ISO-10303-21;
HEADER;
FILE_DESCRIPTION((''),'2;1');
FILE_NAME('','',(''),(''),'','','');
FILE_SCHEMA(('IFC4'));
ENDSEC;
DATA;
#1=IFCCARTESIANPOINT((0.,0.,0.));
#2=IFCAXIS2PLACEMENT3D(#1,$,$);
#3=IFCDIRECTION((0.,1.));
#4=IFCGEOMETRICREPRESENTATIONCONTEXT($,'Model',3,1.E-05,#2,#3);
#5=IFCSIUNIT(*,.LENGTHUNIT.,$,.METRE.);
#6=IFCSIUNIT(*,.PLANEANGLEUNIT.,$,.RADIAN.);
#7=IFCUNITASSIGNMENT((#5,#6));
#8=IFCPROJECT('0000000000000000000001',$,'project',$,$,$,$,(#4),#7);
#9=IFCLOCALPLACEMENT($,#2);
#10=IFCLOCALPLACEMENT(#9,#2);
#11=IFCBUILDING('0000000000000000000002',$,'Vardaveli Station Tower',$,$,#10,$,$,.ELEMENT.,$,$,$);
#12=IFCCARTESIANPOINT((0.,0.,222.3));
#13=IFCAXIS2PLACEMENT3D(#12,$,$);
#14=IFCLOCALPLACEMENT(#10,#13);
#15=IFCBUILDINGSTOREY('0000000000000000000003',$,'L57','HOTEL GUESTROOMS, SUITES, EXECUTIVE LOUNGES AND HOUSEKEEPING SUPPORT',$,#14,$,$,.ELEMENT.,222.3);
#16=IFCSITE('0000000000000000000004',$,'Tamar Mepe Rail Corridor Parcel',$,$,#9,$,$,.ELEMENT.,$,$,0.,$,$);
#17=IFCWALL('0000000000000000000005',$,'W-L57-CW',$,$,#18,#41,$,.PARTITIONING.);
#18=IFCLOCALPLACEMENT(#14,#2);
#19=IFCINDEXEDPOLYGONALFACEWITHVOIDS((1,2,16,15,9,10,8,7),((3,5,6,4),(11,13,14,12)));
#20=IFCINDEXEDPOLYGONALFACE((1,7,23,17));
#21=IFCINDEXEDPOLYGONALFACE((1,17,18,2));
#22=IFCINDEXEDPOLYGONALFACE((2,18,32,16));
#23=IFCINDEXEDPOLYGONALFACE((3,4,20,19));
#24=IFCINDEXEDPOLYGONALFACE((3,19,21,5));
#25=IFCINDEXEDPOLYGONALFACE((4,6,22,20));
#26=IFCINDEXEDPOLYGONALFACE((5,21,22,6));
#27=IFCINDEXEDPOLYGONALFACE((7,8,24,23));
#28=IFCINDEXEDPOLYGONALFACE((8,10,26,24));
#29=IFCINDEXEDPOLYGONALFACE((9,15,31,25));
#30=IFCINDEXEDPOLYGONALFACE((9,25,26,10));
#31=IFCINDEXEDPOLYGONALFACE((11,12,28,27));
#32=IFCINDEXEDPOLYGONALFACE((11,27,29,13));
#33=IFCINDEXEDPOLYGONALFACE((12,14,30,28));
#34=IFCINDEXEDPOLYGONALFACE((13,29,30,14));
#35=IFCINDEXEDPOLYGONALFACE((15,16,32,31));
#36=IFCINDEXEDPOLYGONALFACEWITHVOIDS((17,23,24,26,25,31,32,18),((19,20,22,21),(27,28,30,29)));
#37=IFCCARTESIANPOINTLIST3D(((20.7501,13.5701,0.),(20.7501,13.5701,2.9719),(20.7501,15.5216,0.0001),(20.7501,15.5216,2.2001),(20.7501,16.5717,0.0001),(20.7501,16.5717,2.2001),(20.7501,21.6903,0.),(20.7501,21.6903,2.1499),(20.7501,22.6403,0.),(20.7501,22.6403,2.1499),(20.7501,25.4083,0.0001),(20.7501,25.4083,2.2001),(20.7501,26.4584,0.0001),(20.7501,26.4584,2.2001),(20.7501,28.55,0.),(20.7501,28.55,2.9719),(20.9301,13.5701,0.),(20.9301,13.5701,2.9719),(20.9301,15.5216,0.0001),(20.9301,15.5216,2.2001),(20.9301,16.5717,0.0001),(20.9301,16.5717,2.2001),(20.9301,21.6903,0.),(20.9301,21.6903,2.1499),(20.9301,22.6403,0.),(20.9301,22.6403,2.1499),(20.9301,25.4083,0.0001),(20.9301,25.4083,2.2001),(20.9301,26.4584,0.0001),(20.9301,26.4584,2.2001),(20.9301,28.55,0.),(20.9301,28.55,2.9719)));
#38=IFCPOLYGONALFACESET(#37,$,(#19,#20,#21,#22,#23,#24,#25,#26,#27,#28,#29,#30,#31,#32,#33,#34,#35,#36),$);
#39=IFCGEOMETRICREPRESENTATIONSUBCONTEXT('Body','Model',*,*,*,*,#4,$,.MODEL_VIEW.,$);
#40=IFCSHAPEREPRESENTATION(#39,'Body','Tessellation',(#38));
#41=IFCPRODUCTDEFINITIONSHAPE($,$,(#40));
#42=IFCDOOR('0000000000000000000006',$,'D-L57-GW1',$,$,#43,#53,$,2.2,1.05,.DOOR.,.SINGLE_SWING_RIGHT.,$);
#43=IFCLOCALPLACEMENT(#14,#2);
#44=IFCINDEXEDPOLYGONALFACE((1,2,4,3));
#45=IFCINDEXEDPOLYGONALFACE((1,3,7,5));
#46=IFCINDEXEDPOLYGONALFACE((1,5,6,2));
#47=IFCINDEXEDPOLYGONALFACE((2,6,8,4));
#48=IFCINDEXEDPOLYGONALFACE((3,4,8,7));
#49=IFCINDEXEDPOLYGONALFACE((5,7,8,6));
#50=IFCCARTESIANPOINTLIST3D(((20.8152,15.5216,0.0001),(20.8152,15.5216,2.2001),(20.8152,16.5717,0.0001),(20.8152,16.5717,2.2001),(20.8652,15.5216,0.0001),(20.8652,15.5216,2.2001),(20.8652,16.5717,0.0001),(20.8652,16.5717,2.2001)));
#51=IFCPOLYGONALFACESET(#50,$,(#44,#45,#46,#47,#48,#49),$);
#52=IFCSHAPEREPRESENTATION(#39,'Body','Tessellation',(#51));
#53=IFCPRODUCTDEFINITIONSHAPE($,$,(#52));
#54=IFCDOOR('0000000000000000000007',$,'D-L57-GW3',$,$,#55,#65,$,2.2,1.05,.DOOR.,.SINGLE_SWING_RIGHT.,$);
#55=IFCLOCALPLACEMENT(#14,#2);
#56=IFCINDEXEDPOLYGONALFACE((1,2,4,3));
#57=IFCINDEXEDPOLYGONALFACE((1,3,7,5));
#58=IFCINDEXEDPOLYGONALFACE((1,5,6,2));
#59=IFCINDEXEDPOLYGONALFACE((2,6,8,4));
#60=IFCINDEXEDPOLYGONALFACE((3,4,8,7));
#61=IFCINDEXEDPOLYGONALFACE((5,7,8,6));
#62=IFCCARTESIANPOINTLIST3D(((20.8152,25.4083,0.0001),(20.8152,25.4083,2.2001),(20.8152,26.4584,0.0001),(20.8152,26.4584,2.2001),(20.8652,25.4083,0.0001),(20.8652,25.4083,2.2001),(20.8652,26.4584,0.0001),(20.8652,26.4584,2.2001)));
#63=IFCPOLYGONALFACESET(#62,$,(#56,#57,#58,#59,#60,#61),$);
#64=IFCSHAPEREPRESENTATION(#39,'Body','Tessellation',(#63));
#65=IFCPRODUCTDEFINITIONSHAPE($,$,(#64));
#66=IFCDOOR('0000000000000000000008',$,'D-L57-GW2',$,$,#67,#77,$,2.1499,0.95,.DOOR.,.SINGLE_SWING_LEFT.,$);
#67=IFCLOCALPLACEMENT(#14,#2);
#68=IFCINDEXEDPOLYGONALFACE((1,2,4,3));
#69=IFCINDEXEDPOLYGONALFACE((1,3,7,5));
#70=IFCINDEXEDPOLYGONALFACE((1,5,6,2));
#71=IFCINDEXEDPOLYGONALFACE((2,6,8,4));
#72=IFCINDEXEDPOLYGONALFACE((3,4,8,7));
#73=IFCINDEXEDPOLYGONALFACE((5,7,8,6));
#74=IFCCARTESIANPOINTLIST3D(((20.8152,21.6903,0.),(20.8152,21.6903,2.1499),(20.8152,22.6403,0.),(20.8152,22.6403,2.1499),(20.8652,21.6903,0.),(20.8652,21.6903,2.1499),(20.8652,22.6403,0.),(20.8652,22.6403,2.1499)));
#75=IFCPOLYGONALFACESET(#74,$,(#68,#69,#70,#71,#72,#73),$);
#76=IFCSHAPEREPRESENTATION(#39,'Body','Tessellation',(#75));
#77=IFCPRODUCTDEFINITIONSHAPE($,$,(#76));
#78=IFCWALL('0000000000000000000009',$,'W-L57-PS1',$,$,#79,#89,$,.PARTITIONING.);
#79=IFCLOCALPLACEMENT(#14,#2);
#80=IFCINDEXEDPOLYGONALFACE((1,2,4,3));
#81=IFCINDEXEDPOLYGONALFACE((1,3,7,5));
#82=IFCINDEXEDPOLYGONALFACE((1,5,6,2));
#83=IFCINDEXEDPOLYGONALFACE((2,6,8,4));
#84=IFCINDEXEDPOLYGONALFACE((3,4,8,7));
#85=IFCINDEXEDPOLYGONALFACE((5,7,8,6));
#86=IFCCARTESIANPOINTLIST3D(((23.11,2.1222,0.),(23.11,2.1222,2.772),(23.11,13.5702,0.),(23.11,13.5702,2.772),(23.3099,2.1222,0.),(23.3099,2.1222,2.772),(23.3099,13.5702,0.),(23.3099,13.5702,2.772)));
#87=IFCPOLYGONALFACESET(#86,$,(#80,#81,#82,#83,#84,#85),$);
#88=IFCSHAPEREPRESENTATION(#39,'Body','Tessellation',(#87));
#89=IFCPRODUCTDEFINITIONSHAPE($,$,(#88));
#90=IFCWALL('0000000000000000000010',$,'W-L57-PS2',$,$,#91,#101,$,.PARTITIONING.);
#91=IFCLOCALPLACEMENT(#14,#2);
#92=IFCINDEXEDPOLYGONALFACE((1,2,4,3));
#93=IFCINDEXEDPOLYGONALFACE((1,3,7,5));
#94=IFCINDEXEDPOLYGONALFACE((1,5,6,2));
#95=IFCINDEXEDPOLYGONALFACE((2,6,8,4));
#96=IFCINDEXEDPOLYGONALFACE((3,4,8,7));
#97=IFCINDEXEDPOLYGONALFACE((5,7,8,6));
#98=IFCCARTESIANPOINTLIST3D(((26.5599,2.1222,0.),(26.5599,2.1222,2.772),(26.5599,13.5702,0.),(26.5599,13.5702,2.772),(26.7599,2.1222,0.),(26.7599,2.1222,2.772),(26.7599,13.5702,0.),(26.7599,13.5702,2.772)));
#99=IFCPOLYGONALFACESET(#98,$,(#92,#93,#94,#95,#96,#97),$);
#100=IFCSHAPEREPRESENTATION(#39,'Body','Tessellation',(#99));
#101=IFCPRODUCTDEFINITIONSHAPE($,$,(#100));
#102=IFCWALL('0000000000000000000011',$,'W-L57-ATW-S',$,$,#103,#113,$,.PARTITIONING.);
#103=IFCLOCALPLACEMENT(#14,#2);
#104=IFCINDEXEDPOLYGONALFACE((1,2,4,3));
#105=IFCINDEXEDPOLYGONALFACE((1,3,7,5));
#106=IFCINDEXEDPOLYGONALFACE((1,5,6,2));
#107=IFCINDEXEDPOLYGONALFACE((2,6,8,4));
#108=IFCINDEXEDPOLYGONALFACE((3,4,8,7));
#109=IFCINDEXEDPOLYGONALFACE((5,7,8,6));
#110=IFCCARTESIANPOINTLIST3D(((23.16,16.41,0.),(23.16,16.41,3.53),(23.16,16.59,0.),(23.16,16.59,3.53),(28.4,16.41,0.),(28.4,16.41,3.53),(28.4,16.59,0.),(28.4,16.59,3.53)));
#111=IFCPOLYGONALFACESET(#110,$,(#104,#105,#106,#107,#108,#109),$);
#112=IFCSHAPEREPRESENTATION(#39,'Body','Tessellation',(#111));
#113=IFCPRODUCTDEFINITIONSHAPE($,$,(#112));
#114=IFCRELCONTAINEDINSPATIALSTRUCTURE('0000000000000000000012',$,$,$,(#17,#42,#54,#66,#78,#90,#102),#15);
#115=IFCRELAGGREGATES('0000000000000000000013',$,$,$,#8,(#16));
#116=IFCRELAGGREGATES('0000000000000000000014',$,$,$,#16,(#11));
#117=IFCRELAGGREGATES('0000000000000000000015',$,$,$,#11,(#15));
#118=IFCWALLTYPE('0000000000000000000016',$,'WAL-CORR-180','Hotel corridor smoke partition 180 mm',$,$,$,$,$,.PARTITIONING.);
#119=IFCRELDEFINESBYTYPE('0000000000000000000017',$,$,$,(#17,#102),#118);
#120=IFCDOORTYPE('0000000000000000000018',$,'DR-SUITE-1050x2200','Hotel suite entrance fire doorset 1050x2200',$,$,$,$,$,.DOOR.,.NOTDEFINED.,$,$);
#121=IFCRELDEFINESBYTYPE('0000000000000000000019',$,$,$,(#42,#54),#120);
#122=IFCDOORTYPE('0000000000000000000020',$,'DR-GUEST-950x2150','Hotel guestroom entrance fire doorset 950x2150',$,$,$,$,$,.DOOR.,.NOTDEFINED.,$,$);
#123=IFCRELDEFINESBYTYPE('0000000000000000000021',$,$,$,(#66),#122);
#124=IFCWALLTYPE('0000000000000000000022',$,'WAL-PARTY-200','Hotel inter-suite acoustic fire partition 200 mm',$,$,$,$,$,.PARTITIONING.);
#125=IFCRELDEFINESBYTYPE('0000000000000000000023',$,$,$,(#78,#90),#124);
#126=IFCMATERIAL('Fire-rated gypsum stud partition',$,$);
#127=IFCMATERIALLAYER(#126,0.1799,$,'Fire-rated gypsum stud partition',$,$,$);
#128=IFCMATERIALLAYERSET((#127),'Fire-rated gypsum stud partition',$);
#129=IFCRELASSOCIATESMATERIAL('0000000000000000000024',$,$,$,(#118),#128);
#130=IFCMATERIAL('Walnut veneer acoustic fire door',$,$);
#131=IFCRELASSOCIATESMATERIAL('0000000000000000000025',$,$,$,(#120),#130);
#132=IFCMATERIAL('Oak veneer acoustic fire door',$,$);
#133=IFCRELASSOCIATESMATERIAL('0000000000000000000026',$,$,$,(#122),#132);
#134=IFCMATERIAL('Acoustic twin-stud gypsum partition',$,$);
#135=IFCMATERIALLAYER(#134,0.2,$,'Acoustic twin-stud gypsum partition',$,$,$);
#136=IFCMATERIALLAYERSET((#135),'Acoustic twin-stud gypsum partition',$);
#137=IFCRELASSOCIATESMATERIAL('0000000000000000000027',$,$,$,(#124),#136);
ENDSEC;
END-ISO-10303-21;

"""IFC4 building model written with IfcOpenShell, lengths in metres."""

from ifc_helpers import new_model, si_unit, direction, frame, frame_2d, origin, place, context, subcontext, project, spatial, rectangle, extrude, source, transform, mapped, material, layer, layer_set, type_object, element, fill, save


model = new_model("IFC4")

# Units and contexts
model_context = context("Model", 3, precision=1e-05, world=origin(), true_north=direction((0.0, 1.0)))
body_context = subcontext(model_context, "Body", "Model", "MODEL_VIEW")
ifc_project = project(units=[si_unit("LENGTHUNIT", "METRE"), si_unit("PLANEANGLEUNIT", "RADIAN")], contexts=[model_context])

# Site, building, storey
site_placement = place(None, origin())
site = spatial("IfcSite", under=ifc_project, at=site_placement, Name="Tamar Mepe Rail Corridor Parcel", CompositionType="ELEMENT", RefElevation=0.0)
building_placement = place(site_placement, origin())
building = spatial("IfcBuilding", under=site, at=building_placement, Name="Vardaveli Station Tower", CompositionType="ELEMENT")
storey_placement = place(building_placement, frame((0.0, 0.0, 222.3)))
storey = spatial("IfcBuildingStorey", under=building, at=storey_placement, Name="L57", Description="HOTEL GUESTROOMS, SUITES, EXECUTIVE LOUNGES AND HOUSEKEEPING SUPPORT", CompositionType="ELEMENT", Elevation=222.3)

# Shared definitions
ifc_material_1 = material(Name="Fire-rated gypsum stud partition")
ifc_layer_1 = layer(ifc_material_1, 0.1799, Name="Fire-rated gypsum stud partition")
ifc_layer_set_1 = layer_set([ifc_layer_1], Name="Fire-rated gypsum stud partition")
wall_type_1 = type_object("IfcWallType", Name="WAL-CORR-180", Description="Hotel corridor smoke partition 180 mm", PredefinedType="PARTITIONING", material=ifc_layer_set_1)
shared_shape_1 = source(origin(), body_context, "Body", "SweptSolid", [
    extrude(rectangle(XDim=1.05, YDim=2.2, at=frame_2d((0.5249, 1.1001))), frame((0.0, 0.1001, 0.0), z_axis=(0.0, -1.0, 0.0), x_axis=(1.0, 0.0, 0.0)), (0.0, 0.0, 1.0), 0.2),
])
ifc_material_2 = material(Name="Walnut veneer acoustic fire door")
door_type_1 = type_object("IfcDoorType", Name="DR-SUITE-1050x2200", Description="Hotel suite entrance fire doorset 1050x2200", OperationType="NOTDEFINED", PredefinedType="DOOR", material=ifc_material_2)
shared_shape_2 = source(origin(), body_context, "Body", "SweptSolid", [
    extrude(rectangle(XDim=1.05, YDim=2.2, at=frame_2d((0.5249, 1.1001))), frame((0.0, 0.0249, 0.0), z_axis=(0.0, -1.0, 0.0), x_axis=(1.0, 0.0, 0.0)), (0.0, 0.0, 1.0), 0.05),
])

# Wall, openings, doors
shared_shape_3 = source(origin(), body_context, "Body", "SweptSolid", [
    extrude(rectangle(XDim=14.98, YDim=0.1799, at=frame_2d((7.49, 0.0))), origin(), (0.0, 0.0, 1.0), 2.9719),
])
wall_1_placement = place(storey_placement, frame((20.8401, 13.5701, 0.0), z_axis=(0.0, 0.0, 1.0), x_axis=(0.0, 1.0, 0.0)))
wall_1 = element("IfcWall", 1, at=wall_1_placement, inside=storey, type_object=wall_type_1, Name="W-L57-CW", PredefinedType="PARTITIONING", context=body_context, shape_type="MappedRepresentation", body=[
    mapped(shared_shape_3, transform((0.0, 0.0, 0.0), scale=1.0)),
])
opening_1_placement = place(wall_1_placement, frame((1.9517, 0.0, 0.0)))
opening_1 = element("IfcOpeningElement", 2, at=opening_1_placement, cuts=wall_1, PredefinedType="OPENING", context=body_context, shape_type="MappedRepresentation", body=[
    mapped(shared_shape_1, transform((0.0, 0.0, 0.0), scale=1.0)),
])
shared_shape_4 = source(origin(), body_context, "Body", "SweptSolid", [
    extrude(rectangle(XDim=0.95, YDim=2.1499, at=frame_2d((0.4751, 1.075))), frame((0.0, 0.1001, 0.0), z_axis=(0.0, -1.0, 0.0), x_axis=(1.0, 0.0, 0.0)), (0.0, 0.0, 1.0), 0.2),
])
opening_2_placement = place(wall_1_placement, frame((8.1201, 0.0, 0.0)))
opening_2 = element("IfcOpeningElement", 3, at=opening_2_placement, cuts=wall_1, PredefinedType="OPENING", context=body_context, shape_type="MappedRepresentation", body=[
    mapped(shared_shape_4, transform((0.0, 0.0, 0.0), scale=1.0)),
])
opening_3_placement = place(wall_1_placement, frame((11.8384, 0.0, 0.0)))
opening_3 = element("IfcOpeningElement", 4, at=opening_3_placement, cuts=wall_1, PredefinedType="OPENING", context=body_context, shape_type="MappedRepresentation", body=[
    mapped(shared_shape_1, transform((0.0, 0.0, 0.0), scale=1.0)),
])
door_1_placement = place(opening_1_placement, origin())
door_1 = element("IfcDoor", 5, at=door_1_placement, inside=storey, type_object=door_type_1, Name="D-L57-GW1", OperationType="SINGLE_SWING_RIGHT", OverallHeight=2.2, OverallWidth=1.05, PredefinedType="DOOR", context=body_context, shape_type="MappedRepresentation", body=[
    mapped(shared_shape_2, transform((0.0, 0.0, 0.0), scale=1.0)),
])
fill(opening_1, door_1)
door_2_placement = place(opening_3_placement, origin())
door_2 = element("IfcDoor", 6, at=door_2_placement, inside=storey, type_object=door_type_1, Name="D-L57-GW3", OperationType="SINGLE_SWING_RIGHT", OverallHeight=2.2, OverallWidth=1.05, PredefinedType="DOOR", context=body_context, shape_type="MappedRepresentation", body=[
    mapped(shared_shape_2, transform((0.0, 0.0, 0.0), scale=1.0)),
])
fill(opening_3, door_2)
ifc_material_3 = material(Name="Oak veneer acoustic fire door")
door_type_2 = type_object("IfcDoorType", Name="DR-GUEST-950x2150", Description="Hotel guestroom entrance fire doorset 950x2150", OperationType="NOTDEFINED", PredefinedType="DOOR", material=ifc_material_3)
shared_shape_5 = source(origin(), body_context, "Body", "SweptSolid", [
    extrude(rectangle(XDim=0.95, YDim=2.1499, at=frame_2d((0.4751, 1.075))), frame((0.0, 0.0249, 0.0), z_axis=(0.0, -1.0, 0.0), x_axis=(1.0, 0.0, 0.0)), (0.0, 0.0, 1.0), 0.05),
])
door_3_placement = place(opening_2_placement, origin())
door_3 = element("IfcDoor", 7, at=door_3_placement, inside=storey, type_object=door_type_2, Name="D-L57-GW2", OperationType="SINGLE_SWING_LEFT", OverallHeight=2.1499, OverallWidth=0.95, PredefinedType="DOOR", context=body_context, shape_type="MappedRepresentation", body=[
    mapped(shared_shape_5, transform((0.0, 0.0, 0.0), scale=1.0)),
])
fill(opening_2, door_3)

# Walls
ifc_material_4 = material(Name="Acoustic twin-stud gypsum partition")
ifc_layer_2 = layer(ifc_material_4, 0.2, Name="Acoustic twin-stud gypsum partition")
ifc_layer_set_2 = layer_set([ifc_layer_2], Name="Acoustic twin-stud gypsum partition")
wall_type_2 = type_object("IfcWallType", Name="WAL-PARTY-200", Description="Hotel inter-suite acoustic fire partition 200 mm", PredefinedType="PARTITIONING", material=ifc_layer_set_2)
shared_shape_6 = source(origin(), body_context, "Body", "SweptSolid", [
    extrude(rectangle(XDim=11.448, YDim=0.2, at=frame_2d((5.7241, 0.0))), origin(), (0.0, 0.0, 1.0), 2.772),
])
for number, where, z_axis, x_axis, name in (
    (8, (23.21, 2.1221, 0.0), (0.0, 0.0, 1.0), (0.0, 1.0, 0.0), "W-L57-PS1"),
    (9, (26.6599, 2.1221, 0.0), (0.0, 0.0, 1.0), (0.0, 1.0, 0.0), "W-L57-PS2"),
):
    element("IfcWall", number, at=place(storey_placement, frame(where, z_axis=z_axis, x_axis=x_axis)), inside=storey, type_object=wall_type_2, Name=name, PredefinedType="PARTITIONING", context=body_context, shape_type="MappedRepresentation", body=[
        mapped(shared_shape_6, transform((0.0, 0.0, 0.0), scale=1.0)),
    ])
shared_shape_7 = source(origin(), body_context, "Body", "SweptSolid", [
    extrude(rectangle(XDim=5.24, YDim=0.1799, at=frame_2d((2.6201, 0.0))), origin(), (0.0, 0.0, 1.0), 3.53),
])
wall_2_placement = place(storey_placement, frame((23.1599, 16.5, 0.0), z_axis=(0.0, 0.0, 1.0), x_axis=(1.0, 0.0, 0.0)))
element("IfcWall", 10, at=wall_2_placement, inside=storey, type_object=wall_type_1, Name="W-L57-ATW-S", PredefinedType="PARTITIONING", context=body_context, shape_type="MappedRepresentation", body=[
    mapped(shared_shape_7, transform((0.0, 0.0, 0.0), scale=1.0)),
])

save(model, "model.ifc")
